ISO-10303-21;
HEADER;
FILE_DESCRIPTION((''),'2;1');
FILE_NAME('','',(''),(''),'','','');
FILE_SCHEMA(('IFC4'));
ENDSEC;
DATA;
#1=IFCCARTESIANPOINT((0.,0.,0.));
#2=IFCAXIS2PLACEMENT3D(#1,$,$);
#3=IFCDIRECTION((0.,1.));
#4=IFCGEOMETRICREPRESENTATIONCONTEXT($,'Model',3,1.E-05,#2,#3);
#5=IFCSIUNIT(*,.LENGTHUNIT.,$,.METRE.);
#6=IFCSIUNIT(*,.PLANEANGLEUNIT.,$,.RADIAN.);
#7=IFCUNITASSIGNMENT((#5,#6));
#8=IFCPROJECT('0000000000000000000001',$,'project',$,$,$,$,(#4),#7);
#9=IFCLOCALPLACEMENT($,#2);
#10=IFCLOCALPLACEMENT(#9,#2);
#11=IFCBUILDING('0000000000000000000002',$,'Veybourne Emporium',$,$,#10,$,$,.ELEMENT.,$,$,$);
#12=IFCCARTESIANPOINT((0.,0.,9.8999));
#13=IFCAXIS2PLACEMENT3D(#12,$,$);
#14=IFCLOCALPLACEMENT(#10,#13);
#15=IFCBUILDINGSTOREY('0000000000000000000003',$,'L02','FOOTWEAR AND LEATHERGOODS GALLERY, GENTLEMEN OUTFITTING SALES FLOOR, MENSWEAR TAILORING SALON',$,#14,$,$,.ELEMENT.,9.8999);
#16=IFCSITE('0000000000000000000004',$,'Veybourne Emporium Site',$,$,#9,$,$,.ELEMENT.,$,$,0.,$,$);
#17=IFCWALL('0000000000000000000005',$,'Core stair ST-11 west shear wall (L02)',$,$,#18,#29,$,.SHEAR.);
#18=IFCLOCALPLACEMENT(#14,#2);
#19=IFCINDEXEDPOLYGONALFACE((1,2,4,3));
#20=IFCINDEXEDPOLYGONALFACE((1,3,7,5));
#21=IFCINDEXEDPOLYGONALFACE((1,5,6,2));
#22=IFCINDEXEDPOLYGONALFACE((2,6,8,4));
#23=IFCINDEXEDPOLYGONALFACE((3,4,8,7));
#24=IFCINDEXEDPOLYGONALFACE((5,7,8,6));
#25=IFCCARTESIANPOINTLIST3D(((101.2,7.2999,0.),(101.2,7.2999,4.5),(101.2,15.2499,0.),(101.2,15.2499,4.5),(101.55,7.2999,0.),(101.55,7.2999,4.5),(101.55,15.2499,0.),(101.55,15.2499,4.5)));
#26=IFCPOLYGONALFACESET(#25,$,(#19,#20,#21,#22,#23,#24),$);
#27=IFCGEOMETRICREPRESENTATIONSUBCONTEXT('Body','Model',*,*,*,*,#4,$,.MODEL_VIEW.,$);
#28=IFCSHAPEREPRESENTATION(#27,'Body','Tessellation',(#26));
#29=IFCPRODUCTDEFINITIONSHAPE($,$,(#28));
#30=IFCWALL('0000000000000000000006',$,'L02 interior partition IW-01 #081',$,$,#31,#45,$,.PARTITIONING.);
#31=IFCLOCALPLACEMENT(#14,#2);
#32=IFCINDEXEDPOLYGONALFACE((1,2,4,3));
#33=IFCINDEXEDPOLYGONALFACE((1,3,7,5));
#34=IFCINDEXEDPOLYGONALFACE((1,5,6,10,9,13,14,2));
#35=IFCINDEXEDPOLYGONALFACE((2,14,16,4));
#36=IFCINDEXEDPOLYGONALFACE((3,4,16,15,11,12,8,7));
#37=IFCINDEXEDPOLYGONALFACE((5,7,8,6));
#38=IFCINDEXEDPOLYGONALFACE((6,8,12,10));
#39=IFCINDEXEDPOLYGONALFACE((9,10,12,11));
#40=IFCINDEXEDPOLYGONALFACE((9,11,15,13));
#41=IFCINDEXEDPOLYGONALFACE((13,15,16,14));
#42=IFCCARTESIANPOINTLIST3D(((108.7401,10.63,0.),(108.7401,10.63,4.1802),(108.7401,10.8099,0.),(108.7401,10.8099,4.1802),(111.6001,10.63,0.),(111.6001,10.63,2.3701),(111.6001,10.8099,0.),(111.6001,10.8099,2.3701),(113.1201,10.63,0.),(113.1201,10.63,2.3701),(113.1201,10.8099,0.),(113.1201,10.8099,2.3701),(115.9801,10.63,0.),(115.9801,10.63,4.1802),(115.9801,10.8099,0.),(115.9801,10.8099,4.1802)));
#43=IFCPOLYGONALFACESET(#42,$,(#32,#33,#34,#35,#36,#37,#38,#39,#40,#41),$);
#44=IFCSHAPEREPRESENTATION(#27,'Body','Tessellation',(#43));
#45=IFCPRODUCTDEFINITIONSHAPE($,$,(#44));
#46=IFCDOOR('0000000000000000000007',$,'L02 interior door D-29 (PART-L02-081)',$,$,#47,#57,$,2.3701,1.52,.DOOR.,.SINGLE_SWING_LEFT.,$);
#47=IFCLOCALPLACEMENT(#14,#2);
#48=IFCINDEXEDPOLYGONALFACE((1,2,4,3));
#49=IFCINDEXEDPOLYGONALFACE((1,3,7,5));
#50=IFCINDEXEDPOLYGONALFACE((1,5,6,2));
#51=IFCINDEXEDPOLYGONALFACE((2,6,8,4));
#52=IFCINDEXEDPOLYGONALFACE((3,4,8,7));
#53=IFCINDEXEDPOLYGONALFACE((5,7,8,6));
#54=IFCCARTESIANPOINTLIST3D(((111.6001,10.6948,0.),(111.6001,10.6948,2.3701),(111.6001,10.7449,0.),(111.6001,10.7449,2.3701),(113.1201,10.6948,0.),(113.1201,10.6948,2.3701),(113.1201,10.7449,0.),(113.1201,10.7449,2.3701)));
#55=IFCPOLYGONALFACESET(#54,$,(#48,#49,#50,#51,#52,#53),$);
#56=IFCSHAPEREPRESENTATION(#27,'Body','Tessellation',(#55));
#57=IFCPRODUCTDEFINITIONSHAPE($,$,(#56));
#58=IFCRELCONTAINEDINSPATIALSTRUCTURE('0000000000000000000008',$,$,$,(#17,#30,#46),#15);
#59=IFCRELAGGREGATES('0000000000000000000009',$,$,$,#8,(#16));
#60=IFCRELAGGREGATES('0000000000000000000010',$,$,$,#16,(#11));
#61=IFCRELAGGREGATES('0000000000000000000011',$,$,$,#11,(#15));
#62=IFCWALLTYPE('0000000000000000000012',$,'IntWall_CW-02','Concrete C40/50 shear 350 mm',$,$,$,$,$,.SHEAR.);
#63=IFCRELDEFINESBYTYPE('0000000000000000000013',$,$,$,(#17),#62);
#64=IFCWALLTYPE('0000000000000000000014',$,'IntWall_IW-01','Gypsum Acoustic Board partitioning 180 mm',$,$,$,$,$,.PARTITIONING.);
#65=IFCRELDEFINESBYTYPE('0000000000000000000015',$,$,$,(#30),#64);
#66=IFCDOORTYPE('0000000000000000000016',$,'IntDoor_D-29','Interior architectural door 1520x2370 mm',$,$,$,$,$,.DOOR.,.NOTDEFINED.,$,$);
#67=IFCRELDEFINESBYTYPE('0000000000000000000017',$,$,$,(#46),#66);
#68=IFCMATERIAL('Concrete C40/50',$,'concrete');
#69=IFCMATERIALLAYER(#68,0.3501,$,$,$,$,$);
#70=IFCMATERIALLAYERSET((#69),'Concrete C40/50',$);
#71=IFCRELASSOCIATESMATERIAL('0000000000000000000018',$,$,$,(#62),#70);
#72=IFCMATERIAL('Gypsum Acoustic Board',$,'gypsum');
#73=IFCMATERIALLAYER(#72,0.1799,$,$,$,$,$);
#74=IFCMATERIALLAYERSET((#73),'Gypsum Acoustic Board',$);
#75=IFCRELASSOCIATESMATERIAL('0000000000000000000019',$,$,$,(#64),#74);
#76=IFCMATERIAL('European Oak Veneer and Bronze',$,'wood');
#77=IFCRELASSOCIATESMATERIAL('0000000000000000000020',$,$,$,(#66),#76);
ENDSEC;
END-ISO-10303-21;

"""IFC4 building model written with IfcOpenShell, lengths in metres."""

from ifc_helpers import new_model, si_unit, direction, frame, frame_2d, origin, place, context, subcontext, project, spatial, rectangle, extrude, material, layer, layer_set, type_object, element, fill, save


model = new_model("IFC4")

# Units and contexts
model_context = context("Model", 3, precision=1e-05, world=origin(), true_north=direction((0.0, 1.0)))
body_context = subcontext(model_context, "Body", "Model", "MODEL_VIEW")
ifc_project = project(units=[si_unit("LENGTHUNIT", "METRE"), si_unit("PLANEANGLEUNIT", "RADIAN")], contexts=[model_context])

# Site, building, storey
site_placement = place(None, origin())
site = spatial("IfcSite", under=ifc_project, at=site_placement, Name="Veybourne Emporium Site", CompositionType="ELEMENT", RefElevation=0.0)
building_placement = place(site_placement, origin())
building = spatial("IfcBuilding", under=site, at=building_placement, Name="Veybourne Emporium", CompositionType="ELEMENT")
storey_placement = place(building_placement, frame((0.0, 0.0, 9.8999)))
storey = spatial("IfcBuildingStorey", under=building, at=storey_placement, Name="L02", Description="FOOTWEAR AND LEATHERGOODS GALLERY, GENTLEMEN OUTFITTING SALES FLOOR, MENSWEAR TAILORING SALON", CompositionType="ELEMENT", Elevation=9.8999)

# Shared definitions
ifc_material_1 = material(Name="Concrete C40/50", Category="concrete")

# Wall
ifc_layer_1 = layer(ifc_material_1, 0.3501)
ifc_layer_set_1 = layer_set([ifc_layer_1], Name="Concrete C40/50")
wall_type_1 = type_object("IfcWallType", Name="IntWall_CW-02", Description="Concrete C40/50 shear 350 mm", PredefinedType="SHEAR", material=ifc_layer_set_1)
wall_1_placement = place(storey_placement, frame((101.375, 15.25, 0.0), z_axis=(0.0, 0.0, 1.0), x_axis=(0.0, -1.0, 0.0)))
element("IfcWall", 1, at=wall_1_placement, inside=storey, type_object=wall_type_1, Name="Core stair ST-11 west shear wall (L02)", PredefinedType="SHEAR", context=body_context, shape_type="SweptSolid", body=[
    extrude(rectangle(XDim=7.95, YDim=0.3501, at=frame_2d((3.9751, 0.0))), origin(), (0.0, 0.0, 1.0), 4.5),
])

# Wall, opening, door
ifc_material_2 = material(Name="Gypsum Acoustic Board", Category="gypsum")
ifc_layer_2 = layer(ifc_material_2, 0.1799)
ifc_layer_set_2 = layer_set([ifc_layer_2], Name="Gypsum Acoustic Board")
wall_type_2 = type_object("IfcWallType", Name="IntWall_IW-01", Description="Gypsum Acoustic Board partitioning 180 mm", PredefinedType="PARTITIONING", material=ifc_layer_set_2)
wall_2_placement = place(storey_placement, frame((108.74, 10.72, 0.0), z_axis=(0.0, 0.0, 1.0), x_axis=(1.0, 0.0, 0.0)))
wall_2 = element("IfcWall", 2, at=wall_2_placement, inside=storey, type_object=wall_type_2, Name="L02 interior partition IW-01 #081", PredefinedType="PARTITIONING", context=body_context, shape_type="SweptSolid", body=[
    extrude(rectangle(XDim=7.24, YDim=0.1799, at=frame_2d((3.6201, 0.0))), origin(), (0.0, 0.0, 1.0), 4.1802),
])
opening_placement = place(wall_2_placement, frame((2.8601, 0.0, 0.0)))
opening = element("IfcOpeningElement", 3, at=opening_placement, cuts=wall_2, PredefinedType="OPENING", context=body_context, shape_type="SweptSolid", body=[
    extrude(rectangle(XDim=1.52, YDim=2.3701, at=frame_2d((0.76, 1.1851))), frame((0.0, 0.1099, 0.0), z_axis=(0.0, -1.0, 0.0), x_axis=(1.0, 0.0, 0.0)), (0.0, 0.0, 1.0), 0.22),
])
ifc_material_3 = material(Name="European Oak Veneer and Bronze", Category="wood")
door_type = type_object("IfcDoorType", Name="IntDoor_D-29", Description="Interior architectural door 1520x2370 mm", OperationType="NOTDEFINED", PredefinedType="DOOR", material=ifc_material_3)
door_placement = place(opening_placement, origin())
door = element("IfcDoor", 4, at=door_placement, inside=storey, type_object=door_type, Name="L02 interior door D-29 (PART-L02-081)", OperationType="SINGLE_SWING_LEFT", OverallHeight=2.3701, OverallWidth=1.52, PredefinedType="DOOR", context=body_context, shape_type="SweptSolid", body=[
    extrude(rectangle(XDim=1.52, YDim=2.3701, at=frame_2d((0.76, 1.1851))), frame((0.0, 0.0249, 0.0), z_axis=(0.0, -1.0, 0.0), x_axis=(1.0, 0.0, 0.0)), (0.0, 0.0, 1.0), 0.05),
])
fill(opening, door)

save(model, "model.ifc")
